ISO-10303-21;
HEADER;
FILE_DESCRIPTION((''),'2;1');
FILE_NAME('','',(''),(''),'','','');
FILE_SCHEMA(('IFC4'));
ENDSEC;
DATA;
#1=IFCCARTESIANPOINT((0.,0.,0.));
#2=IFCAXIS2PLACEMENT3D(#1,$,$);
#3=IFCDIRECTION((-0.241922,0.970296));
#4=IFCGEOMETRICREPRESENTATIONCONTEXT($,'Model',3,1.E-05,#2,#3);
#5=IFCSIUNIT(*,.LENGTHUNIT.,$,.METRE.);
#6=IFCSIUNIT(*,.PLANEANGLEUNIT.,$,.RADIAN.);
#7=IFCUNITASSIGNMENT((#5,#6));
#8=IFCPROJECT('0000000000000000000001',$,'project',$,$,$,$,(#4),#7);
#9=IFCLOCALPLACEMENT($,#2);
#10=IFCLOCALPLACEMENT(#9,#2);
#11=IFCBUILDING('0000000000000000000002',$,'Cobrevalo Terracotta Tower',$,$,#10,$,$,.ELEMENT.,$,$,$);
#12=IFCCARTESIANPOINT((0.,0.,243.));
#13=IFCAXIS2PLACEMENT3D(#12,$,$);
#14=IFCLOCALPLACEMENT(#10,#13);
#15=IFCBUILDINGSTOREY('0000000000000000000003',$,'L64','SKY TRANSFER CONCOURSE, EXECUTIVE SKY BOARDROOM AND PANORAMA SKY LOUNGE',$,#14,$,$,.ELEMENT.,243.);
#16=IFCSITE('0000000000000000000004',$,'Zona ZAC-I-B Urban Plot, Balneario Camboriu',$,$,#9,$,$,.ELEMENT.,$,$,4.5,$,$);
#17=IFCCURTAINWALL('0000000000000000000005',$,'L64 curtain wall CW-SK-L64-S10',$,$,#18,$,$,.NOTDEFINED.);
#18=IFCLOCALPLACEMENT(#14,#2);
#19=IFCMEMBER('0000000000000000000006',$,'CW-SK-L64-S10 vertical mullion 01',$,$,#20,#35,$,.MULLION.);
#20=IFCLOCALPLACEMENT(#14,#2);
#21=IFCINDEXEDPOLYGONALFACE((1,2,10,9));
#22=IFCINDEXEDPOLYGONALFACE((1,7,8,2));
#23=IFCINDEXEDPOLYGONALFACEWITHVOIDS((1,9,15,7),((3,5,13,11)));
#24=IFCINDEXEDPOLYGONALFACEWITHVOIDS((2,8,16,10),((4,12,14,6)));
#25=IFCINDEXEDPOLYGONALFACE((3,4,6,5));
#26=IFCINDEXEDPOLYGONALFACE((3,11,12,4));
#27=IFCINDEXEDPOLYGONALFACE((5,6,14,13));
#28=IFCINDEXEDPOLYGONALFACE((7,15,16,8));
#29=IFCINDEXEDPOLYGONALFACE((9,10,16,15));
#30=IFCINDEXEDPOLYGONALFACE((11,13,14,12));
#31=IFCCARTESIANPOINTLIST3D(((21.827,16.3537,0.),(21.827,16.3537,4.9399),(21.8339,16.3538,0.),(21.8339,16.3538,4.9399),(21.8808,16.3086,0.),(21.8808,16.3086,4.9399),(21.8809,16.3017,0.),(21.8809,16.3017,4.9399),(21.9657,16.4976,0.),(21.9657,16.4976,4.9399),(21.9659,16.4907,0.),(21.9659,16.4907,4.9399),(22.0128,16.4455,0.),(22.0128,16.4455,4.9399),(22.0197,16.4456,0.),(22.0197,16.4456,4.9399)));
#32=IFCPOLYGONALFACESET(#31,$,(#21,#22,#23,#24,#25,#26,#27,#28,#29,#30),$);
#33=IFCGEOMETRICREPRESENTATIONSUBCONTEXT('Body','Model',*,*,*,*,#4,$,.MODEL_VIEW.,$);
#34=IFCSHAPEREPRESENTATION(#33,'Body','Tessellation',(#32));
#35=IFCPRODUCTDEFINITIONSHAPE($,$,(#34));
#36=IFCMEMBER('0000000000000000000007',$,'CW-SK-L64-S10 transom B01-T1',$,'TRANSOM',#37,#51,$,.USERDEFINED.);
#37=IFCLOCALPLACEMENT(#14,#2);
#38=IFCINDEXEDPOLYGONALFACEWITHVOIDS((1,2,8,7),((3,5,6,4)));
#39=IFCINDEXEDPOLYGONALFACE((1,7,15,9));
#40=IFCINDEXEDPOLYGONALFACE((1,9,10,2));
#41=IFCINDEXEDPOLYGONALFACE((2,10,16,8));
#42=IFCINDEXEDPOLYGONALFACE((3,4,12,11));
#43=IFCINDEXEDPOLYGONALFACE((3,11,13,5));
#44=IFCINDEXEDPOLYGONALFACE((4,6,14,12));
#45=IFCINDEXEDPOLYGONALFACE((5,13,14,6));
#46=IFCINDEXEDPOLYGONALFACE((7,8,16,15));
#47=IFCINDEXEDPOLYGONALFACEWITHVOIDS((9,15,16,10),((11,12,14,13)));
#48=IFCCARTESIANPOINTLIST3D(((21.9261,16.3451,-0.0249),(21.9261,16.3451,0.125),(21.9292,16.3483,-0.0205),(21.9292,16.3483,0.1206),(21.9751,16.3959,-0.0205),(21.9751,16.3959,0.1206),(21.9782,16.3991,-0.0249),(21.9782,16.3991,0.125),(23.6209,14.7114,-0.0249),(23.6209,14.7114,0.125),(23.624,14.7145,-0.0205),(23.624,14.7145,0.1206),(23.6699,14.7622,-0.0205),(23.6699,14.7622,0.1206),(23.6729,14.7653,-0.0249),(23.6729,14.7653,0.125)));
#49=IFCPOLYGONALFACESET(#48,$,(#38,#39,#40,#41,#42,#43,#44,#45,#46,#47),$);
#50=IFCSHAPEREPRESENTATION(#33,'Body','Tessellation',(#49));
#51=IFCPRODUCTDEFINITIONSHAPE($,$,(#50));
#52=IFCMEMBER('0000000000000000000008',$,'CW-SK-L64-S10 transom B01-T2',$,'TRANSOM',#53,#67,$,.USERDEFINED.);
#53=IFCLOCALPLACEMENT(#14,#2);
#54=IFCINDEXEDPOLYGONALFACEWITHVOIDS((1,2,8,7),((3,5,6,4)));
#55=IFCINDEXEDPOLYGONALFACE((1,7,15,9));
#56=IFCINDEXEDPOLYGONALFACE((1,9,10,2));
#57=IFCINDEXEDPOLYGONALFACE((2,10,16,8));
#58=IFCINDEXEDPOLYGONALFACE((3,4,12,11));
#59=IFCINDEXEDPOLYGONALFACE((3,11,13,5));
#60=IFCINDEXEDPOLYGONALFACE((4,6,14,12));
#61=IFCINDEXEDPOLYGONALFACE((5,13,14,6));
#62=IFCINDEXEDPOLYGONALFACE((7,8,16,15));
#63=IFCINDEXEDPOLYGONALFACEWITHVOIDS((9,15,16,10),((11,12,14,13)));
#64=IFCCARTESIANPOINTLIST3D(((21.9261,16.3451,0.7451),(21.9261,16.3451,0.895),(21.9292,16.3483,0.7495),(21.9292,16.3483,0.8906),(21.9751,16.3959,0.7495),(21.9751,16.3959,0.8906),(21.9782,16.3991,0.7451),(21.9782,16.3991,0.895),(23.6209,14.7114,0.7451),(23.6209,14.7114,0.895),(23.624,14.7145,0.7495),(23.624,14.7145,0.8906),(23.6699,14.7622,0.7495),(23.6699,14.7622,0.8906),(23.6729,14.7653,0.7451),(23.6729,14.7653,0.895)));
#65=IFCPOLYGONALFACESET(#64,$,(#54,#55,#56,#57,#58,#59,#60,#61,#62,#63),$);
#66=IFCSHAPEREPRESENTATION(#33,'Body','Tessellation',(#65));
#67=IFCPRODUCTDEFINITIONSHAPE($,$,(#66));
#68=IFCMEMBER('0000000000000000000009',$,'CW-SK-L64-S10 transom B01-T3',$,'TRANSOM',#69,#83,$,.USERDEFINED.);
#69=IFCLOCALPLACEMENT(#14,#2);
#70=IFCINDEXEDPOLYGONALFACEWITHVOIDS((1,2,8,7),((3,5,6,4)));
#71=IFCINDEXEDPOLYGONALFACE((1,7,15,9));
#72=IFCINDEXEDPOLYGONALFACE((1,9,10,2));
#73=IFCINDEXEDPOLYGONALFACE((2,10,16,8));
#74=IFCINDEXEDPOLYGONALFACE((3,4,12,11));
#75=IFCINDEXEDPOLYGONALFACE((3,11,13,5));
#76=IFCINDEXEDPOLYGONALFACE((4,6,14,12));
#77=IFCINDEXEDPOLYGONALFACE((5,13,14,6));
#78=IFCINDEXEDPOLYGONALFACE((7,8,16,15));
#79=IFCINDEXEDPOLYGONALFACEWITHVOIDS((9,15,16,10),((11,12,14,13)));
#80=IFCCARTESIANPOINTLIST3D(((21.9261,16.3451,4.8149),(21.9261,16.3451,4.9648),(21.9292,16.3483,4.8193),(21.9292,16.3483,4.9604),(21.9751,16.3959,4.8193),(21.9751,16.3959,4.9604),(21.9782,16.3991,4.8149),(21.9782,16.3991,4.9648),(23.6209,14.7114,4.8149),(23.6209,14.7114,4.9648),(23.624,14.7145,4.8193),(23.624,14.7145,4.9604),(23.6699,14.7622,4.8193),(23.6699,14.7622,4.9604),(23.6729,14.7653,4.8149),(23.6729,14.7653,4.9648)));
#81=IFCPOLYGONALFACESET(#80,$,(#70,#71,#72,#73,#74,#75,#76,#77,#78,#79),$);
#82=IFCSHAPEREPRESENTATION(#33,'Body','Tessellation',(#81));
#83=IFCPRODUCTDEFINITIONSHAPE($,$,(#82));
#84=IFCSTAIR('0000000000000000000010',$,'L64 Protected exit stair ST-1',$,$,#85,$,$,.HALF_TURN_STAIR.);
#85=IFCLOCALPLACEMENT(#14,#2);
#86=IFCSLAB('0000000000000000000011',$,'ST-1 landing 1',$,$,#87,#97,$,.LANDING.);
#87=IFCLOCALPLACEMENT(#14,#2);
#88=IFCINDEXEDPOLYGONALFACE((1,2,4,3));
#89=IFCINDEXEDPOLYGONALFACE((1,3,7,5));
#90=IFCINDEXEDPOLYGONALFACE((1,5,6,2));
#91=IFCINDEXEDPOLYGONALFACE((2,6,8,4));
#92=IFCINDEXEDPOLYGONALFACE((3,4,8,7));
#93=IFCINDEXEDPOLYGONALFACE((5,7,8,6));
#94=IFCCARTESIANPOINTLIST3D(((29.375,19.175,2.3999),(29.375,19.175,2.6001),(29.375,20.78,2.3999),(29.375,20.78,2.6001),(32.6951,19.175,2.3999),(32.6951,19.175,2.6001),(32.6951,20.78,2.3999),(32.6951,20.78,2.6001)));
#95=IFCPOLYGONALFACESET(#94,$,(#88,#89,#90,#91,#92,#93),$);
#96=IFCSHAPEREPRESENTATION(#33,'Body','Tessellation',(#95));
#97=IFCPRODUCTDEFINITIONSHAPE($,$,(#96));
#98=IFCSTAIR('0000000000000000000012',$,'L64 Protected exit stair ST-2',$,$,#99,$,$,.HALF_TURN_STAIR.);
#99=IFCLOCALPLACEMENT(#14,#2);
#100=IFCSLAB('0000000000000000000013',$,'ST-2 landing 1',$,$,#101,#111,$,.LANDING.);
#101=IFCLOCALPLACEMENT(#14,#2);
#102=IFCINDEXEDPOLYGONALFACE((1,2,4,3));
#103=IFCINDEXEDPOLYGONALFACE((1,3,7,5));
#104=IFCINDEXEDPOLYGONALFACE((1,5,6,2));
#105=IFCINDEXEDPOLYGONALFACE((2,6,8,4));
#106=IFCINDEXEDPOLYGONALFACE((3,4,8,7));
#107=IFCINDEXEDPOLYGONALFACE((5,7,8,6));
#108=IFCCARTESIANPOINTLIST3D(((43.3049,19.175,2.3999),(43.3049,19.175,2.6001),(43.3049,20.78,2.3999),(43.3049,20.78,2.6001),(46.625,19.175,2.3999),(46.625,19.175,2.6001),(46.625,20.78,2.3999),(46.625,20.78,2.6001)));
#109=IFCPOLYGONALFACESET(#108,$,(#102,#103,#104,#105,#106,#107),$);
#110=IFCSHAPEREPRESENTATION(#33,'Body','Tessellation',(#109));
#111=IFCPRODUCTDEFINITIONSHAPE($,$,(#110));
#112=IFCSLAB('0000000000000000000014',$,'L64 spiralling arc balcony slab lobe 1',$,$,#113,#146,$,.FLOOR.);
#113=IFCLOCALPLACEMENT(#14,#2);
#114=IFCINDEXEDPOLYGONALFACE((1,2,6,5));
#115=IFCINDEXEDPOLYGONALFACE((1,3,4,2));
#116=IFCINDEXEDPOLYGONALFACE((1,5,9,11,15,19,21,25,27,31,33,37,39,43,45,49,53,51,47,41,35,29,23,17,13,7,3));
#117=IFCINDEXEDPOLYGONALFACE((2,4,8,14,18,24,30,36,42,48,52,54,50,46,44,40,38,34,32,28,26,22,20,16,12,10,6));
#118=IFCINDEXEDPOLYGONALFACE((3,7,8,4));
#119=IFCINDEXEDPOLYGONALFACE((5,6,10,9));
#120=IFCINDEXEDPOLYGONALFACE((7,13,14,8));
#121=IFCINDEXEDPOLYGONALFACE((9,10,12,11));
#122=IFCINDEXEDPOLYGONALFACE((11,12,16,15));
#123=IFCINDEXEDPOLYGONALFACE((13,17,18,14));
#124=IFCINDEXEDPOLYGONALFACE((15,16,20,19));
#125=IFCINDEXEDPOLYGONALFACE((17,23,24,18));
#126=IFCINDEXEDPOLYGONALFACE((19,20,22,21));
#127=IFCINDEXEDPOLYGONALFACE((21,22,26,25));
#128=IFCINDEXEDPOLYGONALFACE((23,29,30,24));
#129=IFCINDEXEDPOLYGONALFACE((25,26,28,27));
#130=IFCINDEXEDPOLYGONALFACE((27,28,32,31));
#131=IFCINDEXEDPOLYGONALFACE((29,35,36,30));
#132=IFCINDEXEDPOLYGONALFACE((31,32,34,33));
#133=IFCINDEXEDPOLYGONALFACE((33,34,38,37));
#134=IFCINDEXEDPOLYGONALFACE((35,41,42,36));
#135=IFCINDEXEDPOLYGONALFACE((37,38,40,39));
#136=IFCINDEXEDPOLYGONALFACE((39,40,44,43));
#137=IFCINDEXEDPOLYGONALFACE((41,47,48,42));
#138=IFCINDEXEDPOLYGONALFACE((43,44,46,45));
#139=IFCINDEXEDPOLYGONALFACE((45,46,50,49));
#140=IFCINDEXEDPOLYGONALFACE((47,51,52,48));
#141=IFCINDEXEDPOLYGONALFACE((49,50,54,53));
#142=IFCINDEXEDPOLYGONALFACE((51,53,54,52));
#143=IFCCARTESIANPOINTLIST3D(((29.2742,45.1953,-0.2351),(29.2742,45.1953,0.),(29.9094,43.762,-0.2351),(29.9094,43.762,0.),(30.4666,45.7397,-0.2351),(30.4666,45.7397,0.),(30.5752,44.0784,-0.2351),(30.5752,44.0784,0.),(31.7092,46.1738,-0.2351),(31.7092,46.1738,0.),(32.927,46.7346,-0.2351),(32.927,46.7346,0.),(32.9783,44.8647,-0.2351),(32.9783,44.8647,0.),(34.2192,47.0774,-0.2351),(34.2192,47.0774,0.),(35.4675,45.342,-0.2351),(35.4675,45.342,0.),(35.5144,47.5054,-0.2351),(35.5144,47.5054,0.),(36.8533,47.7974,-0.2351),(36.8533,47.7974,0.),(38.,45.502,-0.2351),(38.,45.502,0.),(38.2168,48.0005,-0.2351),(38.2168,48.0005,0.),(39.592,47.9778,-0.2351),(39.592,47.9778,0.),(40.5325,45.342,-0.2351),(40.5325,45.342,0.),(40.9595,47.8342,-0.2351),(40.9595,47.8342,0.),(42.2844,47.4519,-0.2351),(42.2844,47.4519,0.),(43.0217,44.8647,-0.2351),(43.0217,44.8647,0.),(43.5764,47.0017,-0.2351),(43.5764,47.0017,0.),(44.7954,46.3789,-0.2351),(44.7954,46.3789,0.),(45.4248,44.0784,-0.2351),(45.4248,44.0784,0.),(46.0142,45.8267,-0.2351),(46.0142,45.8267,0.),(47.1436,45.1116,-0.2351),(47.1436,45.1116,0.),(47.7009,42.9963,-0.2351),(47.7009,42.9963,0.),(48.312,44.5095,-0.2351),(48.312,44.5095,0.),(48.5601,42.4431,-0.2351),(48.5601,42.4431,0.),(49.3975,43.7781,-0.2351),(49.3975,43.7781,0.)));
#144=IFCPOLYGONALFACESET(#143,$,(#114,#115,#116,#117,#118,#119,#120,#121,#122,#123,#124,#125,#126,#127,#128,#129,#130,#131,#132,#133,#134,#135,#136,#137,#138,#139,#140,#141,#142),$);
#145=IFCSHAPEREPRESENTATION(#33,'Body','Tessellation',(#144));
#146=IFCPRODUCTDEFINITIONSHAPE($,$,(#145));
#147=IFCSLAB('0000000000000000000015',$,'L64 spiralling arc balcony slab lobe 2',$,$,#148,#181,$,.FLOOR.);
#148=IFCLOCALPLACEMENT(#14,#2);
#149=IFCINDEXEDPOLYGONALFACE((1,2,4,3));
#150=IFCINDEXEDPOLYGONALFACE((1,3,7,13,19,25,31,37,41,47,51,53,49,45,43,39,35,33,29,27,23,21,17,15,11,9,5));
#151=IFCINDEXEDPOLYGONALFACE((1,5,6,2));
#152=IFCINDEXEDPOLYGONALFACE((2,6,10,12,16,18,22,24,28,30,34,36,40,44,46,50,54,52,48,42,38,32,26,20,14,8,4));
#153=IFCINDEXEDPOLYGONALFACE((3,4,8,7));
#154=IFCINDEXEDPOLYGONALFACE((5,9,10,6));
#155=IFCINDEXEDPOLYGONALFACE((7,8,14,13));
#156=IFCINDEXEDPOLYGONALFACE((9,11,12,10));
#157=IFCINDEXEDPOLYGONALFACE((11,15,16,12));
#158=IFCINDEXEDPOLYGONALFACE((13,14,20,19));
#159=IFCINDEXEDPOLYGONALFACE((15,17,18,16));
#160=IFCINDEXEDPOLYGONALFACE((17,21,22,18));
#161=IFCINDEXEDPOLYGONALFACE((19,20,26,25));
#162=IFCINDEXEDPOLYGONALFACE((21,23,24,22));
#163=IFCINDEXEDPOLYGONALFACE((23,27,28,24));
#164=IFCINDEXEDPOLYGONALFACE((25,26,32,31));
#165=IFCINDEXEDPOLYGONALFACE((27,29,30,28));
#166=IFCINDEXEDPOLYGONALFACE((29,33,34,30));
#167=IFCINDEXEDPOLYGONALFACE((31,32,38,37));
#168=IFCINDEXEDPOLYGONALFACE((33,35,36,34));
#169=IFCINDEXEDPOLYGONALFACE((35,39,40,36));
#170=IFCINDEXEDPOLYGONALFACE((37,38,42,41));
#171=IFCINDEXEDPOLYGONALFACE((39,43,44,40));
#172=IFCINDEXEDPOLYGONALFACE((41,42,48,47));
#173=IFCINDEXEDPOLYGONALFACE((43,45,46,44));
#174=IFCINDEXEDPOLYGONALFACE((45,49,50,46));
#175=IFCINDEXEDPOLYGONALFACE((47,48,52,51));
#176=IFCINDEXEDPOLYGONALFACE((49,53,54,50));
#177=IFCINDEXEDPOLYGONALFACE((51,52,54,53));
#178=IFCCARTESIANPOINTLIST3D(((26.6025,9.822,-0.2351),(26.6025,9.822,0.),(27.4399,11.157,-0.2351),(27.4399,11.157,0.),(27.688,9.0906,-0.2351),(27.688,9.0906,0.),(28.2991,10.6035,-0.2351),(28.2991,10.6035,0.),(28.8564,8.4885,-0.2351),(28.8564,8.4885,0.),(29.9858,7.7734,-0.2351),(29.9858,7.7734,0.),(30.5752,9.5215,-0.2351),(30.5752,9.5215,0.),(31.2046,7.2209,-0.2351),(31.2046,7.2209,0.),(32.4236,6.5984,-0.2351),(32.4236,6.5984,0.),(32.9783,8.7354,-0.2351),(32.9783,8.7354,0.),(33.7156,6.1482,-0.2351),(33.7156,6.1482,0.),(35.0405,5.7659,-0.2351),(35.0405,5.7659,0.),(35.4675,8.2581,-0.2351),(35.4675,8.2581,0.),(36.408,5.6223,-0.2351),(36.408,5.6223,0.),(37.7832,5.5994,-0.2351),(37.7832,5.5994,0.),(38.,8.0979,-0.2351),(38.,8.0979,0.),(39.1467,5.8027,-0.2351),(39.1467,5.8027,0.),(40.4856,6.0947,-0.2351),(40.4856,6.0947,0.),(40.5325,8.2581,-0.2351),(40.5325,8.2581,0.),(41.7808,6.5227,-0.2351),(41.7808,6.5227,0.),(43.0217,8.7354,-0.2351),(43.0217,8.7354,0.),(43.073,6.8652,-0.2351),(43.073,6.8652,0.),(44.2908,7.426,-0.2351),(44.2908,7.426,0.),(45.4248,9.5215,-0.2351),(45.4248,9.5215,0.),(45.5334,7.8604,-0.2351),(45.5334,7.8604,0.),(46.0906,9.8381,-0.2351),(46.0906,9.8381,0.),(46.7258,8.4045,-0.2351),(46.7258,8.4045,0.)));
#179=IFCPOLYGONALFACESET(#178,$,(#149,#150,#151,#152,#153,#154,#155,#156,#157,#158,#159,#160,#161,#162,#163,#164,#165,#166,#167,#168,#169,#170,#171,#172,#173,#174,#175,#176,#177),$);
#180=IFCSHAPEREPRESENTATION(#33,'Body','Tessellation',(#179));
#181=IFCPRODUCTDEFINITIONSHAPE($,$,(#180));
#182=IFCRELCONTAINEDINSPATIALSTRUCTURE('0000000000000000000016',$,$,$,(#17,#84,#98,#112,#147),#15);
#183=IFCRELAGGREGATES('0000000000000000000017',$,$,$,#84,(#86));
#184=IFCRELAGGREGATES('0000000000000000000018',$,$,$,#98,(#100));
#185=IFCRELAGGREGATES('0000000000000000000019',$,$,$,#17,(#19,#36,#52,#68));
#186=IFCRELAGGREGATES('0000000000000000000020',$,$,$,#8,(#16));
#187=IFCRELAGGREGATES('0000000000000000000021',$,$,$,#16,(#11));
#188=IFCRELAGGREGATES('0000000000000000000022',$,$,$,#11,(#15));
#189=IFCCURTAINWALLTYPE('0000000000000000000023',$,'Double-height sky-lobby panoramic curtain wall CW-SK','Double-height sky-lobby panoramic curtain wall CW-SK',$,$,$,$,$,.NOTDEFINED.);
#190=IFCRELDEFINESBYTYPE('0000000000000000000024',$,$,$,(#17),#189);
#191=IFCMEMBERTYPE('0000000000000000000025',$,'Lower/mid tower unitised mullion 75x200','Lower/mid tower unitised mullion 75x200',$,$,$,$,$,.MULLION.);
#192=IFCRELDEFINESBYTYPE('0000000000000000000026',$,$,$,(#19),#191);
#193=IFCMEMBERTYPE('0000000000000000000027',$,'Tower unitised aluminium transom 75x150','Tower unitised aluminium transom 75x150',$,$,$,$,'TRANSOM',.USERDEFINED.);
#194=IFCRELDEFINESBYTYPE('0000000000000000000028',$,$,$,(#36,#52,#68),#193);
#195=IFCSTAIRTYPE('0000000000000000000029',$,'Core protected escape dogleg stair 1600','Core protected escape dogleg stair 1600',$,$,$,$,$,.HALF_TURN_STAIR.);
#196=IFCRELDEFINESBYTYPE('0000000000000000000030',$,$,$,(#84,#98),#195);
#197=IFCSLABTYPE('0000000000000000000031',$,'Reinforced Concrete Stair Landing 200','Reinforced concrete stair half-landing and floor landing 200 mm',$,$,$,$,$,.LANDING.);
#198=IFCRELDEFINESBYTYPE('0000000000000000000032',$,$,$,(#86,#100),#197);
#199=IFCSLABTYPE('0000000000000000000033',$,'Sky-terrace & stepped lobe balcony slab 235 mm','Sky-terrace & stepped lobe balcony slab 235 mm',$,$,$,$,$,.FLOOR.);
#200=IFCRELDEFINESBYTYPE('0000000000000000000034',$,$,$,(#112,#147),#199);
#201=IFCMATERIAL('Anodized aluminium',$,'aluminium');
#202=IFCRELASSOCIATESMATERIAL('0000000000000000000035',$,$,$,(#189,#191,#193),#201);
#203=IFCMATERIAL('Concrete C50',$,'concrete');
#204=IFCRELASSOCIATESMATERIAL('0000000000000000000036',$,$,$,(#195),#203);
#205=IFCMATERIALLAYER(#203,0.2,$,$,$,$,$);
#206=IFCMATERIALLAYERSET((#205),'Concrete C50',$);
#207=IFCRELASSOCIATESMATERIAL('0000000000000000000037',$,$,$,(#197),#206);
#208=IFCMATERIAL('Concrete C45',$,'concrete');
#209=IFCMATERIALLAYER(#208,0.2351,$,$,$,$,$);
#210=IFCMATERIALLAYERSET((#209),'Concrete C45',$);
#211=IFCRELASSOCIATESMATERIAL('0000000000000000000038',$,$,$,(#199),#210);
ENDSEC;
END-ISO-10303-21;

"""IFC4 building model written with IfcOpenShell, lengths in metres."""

from ifc_helpers import new_model, si_unit, direction, frame, origin, origin_2d, place, context, subcontext, project, spatial, polyline, hollow_rectangle, outline, extrude, source, transform, mapped, material, layer, layer_set, material_profile, profile_set, type_object, element, aggregate, save


model = new_model("IFC4")

# Units and contexts
model_context = context("Model", 3, precision=1e-05, world=origin(), true_north=direction((-0.241922, 0.970296)))
body_context = subcontext(model_context, "Body", "Model", "MODEL_VIEW")
ifc_project = project(units=[si_unit("LENGTHUNIT", "METRE"), si_unit("PLANEANGLEUNIT", "RADIAN")], contexts=[model_context])

# Site, building, storey
site_placement = place(None, origin())
site = spatial("IfcSite", under=ifc_project, at=site_placement, Name="Zona ZAC-I-B Urban Plot, Balneario Camboriu", CompositionType="ELEMENT", RefElevation=4.5)
building_placement = place(site_placement, origin())
building = spatial("IfcBuilding", under=site, at=building_placement, Name="Cobrevalo Terracotta Tower", CompositionType="ELEMENT")
storey_placement = place(building_placement, frame((0.0, 0.0, 243.0)))
storey = spatial("IfcBuildingStorey", under=building, at=storey_placement, Name="L64", Description="SKY TRANSFER CONCOURSE, EXECUTIVE SKY BOARDROOM AND PANORAMA SKY LOUNGE", CompositionType="ELEMENT", Elevation=243.0)

# Curtain wall, members
ifc_material_1 = material(Name="Anodized aluminium", Category="aluminium")
curtain_wall_type = type_object("IfcCurtainWallType", Name="Double-height sky-lobby panoramic curtain wall CW-SK", Description="Double-height sky-lobby panoramic curtain wall CW-SK", PredefinedType="NOTDEFINED", material=ifc_material_1)
curtain_wall_placement = place(storey_placement, origin())
curtain_wall = element("IfcCurtainWall", 1, at=curtain_wall_placement, inside=storey, type_object=curtain_wall_type, Name="L64 curtain wall CW-SK-L64-S10", PredefinedType="NOTDEFINED")
ifc_material_profile_1 = material_profile(ifc_material_1, hollow_rectangle(XDim=0.075, YDim=0.2, WallThickness=0.0049, at=origin_2d()), Name="CWM 75x200")
ifc_profile_set_1 = profile_set([ifc_material_profile_1], Name="Anodized aluminium")
member_type_1 = type_object("IfcMemberType", Name="Lower/mid tower unitised mullion 75x200", Description="Lower/mid tower unitised mullion 75x200", PredefinedType="MULLION", material=ifc_profile_set_1)
shared_shape_1 = source(origin(), body_context, "Body", "SweptSolid", [
    extrude(hollow_rectangle(XDim=0.075, YDim=0.2, WallThickness=0.0049, at=origin_2d()), origin(), (0.0, 0.0, 1.0), 4.9399),
])
member_1_placement = place(storey_placement, frame((21.9233, 16.3997, 0.0), z_axis=(0.0, 0.0, 1.0), x_axis=(0.719994, -0.69398, 0.0)))
member_1 = element("IfcMember", 2, at=member_1_placement, type_object=member_type_1, Name="CW-SK-L64-S10 vertical mullion 01", PredefinedType="MULLION", context=body_context, shape_type="MappedRepresentation", body=[
    mapped(shared_shape_1, transform((0.0, 0.0, 0.0), scale=1.0)),
])
ifc_material_profile_2 = material_profile(ifc_material_1, hollow_rectangle(XDim=0.075, YDim=0.1499, WallThickness=0.0044, at=origin_2d()), Name="CWT 75x150")
ifc_profile_set_2 = profile_set([ifc_material_profile_2], Name="Anodized aluminium")
member_type_2 = type_object("IfcMemberType", Name="Tower unitised aluminium transom 75x150", Description="Tower unitised aluminium transom 75x150", ElementType="TRANSOM", PredefinedType="USERDEFINED", material=ifc_profile_set_2)
shared_shape_2 = source(origin(), body_context, "Body", "SweptSolid", [
    extrude(hollow_rectangle(XDim=0.075, YDim=0.1499, WallThickness=0.0044, at=origin_2d()), origin(), (0.0, 0.0, 1.0), 2.354),
])
member_2_placement = place(storey_placement, frame((21.9521, 16.3721, 0.05), z_axis=(0.719952, -0.694024, 0.0), x_axis=(0.694024, 0.719952, 0.0)))
member_2 = element("IfcMember", 3, at=member_2_placement, type_object=member_type_2, Name="CW-SK-L64-S10 transom B01-T1", ObjectType="TRANSOM", PredefinedType="USERDEFINED", context=body_context, shape_type="MappedRepresentation", body=[
    mapped(shared_shape_2, transform((0.0, 0.0, 0.0), scale=1.0)),
])
member_3_placement = place(storey_placement, frame((21.9521, 16.3721, 0.8201), z_axis=(0.719952, -0.694024, 0.0), x_axis=(0.694024, 0.719952, 0.0)))
member_3 = element("IfcMember", 4, at=member_3_placement, type_object=member_type_2, Name="CW-SK-L64-S10 transom B01-T2", ObjectType="TRANSOM", PredefinedType="USERDEFINED", context=body_context, shape_type="MappedRepresentation", body=[
    mapped(shared_shape_2, transform((0.0, 0.0, 0.0), scale=1.0)),
])
member_4_placement = place(storey_placement, frame((21.9521, 16.3721, 4.8899), z_axis=(0.719952, -0.694024, 0.0), x_axis=(0.694024, 0.719952, 0.0)))
member_4 = element("IfcMember", 5, at=member_4_placement, type_object=member_type_2, Name="CW-SK-L64-S10 transom B01-T3", ObjectType="TRANSOM", PredefinedType="USERDEFINED", context=body_context, shape_type="MappedRepresentation", body=[
    mapped(shared_shape_2, transform((0.0, 0.0, 0.0), scale=1.0)),
])

# Stairs, slabs
ifc_material_2 = material(Name="Concrete C50", Category="concrete")
stair_type = type_object("IfcStairType", Name="Core protected escape dogleg stair 1600", Description="Core protected escape dogleg stair 1600", PredefinedType="HALF_TURN_STAIR", material=ifc_material_2)
stair_1_placement = place(storey_placement, origin())
stair_1 = element("IfcStair", 6, at=stair_1_placement, inside=storey, type_object=stair_type, Name="L64 Protected exit stair ST-1", PredefinedType="HALF_TURN_STAIR")
ifc_layer_1 = layer(ifc_material_2, 0.2)
ifc_layer_set_1 = layer_set([ifc_layer_1], Name="Concrete C50")
slab_type_1 = type_object("IfcSlabType", Name="Reinforced Concrete Stair Landing 200", Description="Reinforced concrete stair half-landing and floor landing 200 mm", PredefinedType="LANDING", material=ifc_layer_set_1)
slab_1_placement = place(storey_placement, frame((0.0, 0.0, 2.3999)))
slab_1 = element("IfcSlab", 7, at=slab_1_placement, type_object=slab_type_1, Name="ST-1 landing 1", PredefinedType="LANDING", context=body_context, shape_type="SweptSolid", body=[
    extrude(outline(polyline([(29.375, 20.78), (29.375, 19.175), (32.6951, 19.175), (32.6951, 20.78), (29.375, 20.78)])), origin(), (0.0, 0.0, 1.0), 0.2002),
])
aggregate(stair_1, [slab_1])
stair_2_placement = place(storey_placement, origin())
stair_2 = element("IfcStair", 8, at=stair_2_placement, inside=storey, type_object=stair_type, Name="L64 Protected exit stair ST-2", PredefinedType="HALF_TURN_STAIR")
slab_2_placement = place(storey_placement, frame((0.0, 0.0, 2.3999)))
slab_2 = element("IfcSlab", 9, at=slab_2_placement, type_object=slab_type_1, Name="ST-2 landing 1", PredefinedType="LANDING", context=body_context, shape_type="SweptSolid", body=[
    extrude(outline(polyline([(43.3049, 20.78), (43.3049, 19.175), (46.625, 19.175), (46.625, 20.78), (43.3049, 20.78)])), origin(), (0.0, 0.0, 1.0), 0.2002),
])
aggregate(stair_2, [slab_2])

# Slabs
ifc_material_3 = material(Name="Concrete C45", Category="concrete")
ifc_layer_2 = layer(ifc_material_3, 0.2351)
ifc_layer_set_2 = layer_set([ifc_layer_2], Name="Concrete C45")
slab_type_2 = type_object("IfcSlabType", Name="Sky-terrace & stepped lobe balcony slab 235 mm", Description="Sky-terrace & stepped lobe balcony slab 235 mm", PredefinedType="FLOOR", material=ifc_layer_set_2)
slab_3_placement = place(storey_placement, frame((0.0, 0.0, -0.2351)))
element("IfcSlab", 10, at=slab_3_placement, inside=storey, type_object=slab_type_2, Name="L64 spiralling arc balcony slab lobe 1", PredefinedType="FLOOR", context=body_context, shape_type="SweptSolid", body=[
    extrude(outline(polyline([(49.3975, 43.7781), (48.312, 44.5095), (47.1436, 45.1116), (46.0142, 45.8267), (44.7954, 46.3789), (43.5764, 47.0017), (42.2844, 47.4519), (40.9595, 47.8342), (39.592, 47.9778), (38.2168, 48.0005), (36.8533, 47.7974), (35.5144, 47.5054), (34.2192, 47.0774), (32.927, 46.7346), (31.7092, 46.1738), (30.4666, 45.7397), (29.2742, 45.1953), (29.9094, 43.762), (30.5752, 44.0784), (32.9783, 44.8647), (35.4675, 45.342), (38.0, 45.502), (40.5325, 45.342), (43.0217, 44.8647), (45.4248, 44.0784), (47.7009, 42.9963), (48.5601, 42.4431), (49.3975, 43.7781)])), origin(), (0.0, 0.0, 1.0), 0.2351),
])
slab_4_placement = place(storey_placement, frame((0.0, 0.0, -0.2351)))
element("IfcSlab", 11, at=slab_4_placement, inside=storey, type_object=slab_type_2, Name="L64 spiralling arc balcony slab lobe 2", PredefinedType="FLOOR", context=body_context, shape_type="SweptSolid", body=[
    extrude(outline(polyline([(26.6025, 9.822), (27.688, 9.0906), (28.8564, 8.4885), (29.9858, 7.7734), (31.2046, 7.2209), (32.4236, 6.5984), (33.7156, 6.1482), (35.0405, 5.7659), (36.408, 5.6223), (37.7832, 5.5994), (39.1467, 5.8027), (40.4856, 6.0947), (41.7808, 6.5227), (43.073, 6.8652), (44.2908, 7.426), (45.5334, 7.8604), (46.7258, 8.4045), (46.0906, 9.8381), (45.4248, 9.5215), (43.0217, 8.7354), (40.5325, 8.2581), (38.0, 8.0979), (35.4675, 8.2581), (32.9783, 8.7354), (30.5752, 9.5215), (28.2991, 10.6035), (27.4399, 11.157), (26.6025, 9.822)])), origin(), (0.0, 0.0, 1.0), 0.2351),
])

aggregate(curtain_wall, [member_1, member_2, member_3, member_4])

save(model, "model.ifc")
